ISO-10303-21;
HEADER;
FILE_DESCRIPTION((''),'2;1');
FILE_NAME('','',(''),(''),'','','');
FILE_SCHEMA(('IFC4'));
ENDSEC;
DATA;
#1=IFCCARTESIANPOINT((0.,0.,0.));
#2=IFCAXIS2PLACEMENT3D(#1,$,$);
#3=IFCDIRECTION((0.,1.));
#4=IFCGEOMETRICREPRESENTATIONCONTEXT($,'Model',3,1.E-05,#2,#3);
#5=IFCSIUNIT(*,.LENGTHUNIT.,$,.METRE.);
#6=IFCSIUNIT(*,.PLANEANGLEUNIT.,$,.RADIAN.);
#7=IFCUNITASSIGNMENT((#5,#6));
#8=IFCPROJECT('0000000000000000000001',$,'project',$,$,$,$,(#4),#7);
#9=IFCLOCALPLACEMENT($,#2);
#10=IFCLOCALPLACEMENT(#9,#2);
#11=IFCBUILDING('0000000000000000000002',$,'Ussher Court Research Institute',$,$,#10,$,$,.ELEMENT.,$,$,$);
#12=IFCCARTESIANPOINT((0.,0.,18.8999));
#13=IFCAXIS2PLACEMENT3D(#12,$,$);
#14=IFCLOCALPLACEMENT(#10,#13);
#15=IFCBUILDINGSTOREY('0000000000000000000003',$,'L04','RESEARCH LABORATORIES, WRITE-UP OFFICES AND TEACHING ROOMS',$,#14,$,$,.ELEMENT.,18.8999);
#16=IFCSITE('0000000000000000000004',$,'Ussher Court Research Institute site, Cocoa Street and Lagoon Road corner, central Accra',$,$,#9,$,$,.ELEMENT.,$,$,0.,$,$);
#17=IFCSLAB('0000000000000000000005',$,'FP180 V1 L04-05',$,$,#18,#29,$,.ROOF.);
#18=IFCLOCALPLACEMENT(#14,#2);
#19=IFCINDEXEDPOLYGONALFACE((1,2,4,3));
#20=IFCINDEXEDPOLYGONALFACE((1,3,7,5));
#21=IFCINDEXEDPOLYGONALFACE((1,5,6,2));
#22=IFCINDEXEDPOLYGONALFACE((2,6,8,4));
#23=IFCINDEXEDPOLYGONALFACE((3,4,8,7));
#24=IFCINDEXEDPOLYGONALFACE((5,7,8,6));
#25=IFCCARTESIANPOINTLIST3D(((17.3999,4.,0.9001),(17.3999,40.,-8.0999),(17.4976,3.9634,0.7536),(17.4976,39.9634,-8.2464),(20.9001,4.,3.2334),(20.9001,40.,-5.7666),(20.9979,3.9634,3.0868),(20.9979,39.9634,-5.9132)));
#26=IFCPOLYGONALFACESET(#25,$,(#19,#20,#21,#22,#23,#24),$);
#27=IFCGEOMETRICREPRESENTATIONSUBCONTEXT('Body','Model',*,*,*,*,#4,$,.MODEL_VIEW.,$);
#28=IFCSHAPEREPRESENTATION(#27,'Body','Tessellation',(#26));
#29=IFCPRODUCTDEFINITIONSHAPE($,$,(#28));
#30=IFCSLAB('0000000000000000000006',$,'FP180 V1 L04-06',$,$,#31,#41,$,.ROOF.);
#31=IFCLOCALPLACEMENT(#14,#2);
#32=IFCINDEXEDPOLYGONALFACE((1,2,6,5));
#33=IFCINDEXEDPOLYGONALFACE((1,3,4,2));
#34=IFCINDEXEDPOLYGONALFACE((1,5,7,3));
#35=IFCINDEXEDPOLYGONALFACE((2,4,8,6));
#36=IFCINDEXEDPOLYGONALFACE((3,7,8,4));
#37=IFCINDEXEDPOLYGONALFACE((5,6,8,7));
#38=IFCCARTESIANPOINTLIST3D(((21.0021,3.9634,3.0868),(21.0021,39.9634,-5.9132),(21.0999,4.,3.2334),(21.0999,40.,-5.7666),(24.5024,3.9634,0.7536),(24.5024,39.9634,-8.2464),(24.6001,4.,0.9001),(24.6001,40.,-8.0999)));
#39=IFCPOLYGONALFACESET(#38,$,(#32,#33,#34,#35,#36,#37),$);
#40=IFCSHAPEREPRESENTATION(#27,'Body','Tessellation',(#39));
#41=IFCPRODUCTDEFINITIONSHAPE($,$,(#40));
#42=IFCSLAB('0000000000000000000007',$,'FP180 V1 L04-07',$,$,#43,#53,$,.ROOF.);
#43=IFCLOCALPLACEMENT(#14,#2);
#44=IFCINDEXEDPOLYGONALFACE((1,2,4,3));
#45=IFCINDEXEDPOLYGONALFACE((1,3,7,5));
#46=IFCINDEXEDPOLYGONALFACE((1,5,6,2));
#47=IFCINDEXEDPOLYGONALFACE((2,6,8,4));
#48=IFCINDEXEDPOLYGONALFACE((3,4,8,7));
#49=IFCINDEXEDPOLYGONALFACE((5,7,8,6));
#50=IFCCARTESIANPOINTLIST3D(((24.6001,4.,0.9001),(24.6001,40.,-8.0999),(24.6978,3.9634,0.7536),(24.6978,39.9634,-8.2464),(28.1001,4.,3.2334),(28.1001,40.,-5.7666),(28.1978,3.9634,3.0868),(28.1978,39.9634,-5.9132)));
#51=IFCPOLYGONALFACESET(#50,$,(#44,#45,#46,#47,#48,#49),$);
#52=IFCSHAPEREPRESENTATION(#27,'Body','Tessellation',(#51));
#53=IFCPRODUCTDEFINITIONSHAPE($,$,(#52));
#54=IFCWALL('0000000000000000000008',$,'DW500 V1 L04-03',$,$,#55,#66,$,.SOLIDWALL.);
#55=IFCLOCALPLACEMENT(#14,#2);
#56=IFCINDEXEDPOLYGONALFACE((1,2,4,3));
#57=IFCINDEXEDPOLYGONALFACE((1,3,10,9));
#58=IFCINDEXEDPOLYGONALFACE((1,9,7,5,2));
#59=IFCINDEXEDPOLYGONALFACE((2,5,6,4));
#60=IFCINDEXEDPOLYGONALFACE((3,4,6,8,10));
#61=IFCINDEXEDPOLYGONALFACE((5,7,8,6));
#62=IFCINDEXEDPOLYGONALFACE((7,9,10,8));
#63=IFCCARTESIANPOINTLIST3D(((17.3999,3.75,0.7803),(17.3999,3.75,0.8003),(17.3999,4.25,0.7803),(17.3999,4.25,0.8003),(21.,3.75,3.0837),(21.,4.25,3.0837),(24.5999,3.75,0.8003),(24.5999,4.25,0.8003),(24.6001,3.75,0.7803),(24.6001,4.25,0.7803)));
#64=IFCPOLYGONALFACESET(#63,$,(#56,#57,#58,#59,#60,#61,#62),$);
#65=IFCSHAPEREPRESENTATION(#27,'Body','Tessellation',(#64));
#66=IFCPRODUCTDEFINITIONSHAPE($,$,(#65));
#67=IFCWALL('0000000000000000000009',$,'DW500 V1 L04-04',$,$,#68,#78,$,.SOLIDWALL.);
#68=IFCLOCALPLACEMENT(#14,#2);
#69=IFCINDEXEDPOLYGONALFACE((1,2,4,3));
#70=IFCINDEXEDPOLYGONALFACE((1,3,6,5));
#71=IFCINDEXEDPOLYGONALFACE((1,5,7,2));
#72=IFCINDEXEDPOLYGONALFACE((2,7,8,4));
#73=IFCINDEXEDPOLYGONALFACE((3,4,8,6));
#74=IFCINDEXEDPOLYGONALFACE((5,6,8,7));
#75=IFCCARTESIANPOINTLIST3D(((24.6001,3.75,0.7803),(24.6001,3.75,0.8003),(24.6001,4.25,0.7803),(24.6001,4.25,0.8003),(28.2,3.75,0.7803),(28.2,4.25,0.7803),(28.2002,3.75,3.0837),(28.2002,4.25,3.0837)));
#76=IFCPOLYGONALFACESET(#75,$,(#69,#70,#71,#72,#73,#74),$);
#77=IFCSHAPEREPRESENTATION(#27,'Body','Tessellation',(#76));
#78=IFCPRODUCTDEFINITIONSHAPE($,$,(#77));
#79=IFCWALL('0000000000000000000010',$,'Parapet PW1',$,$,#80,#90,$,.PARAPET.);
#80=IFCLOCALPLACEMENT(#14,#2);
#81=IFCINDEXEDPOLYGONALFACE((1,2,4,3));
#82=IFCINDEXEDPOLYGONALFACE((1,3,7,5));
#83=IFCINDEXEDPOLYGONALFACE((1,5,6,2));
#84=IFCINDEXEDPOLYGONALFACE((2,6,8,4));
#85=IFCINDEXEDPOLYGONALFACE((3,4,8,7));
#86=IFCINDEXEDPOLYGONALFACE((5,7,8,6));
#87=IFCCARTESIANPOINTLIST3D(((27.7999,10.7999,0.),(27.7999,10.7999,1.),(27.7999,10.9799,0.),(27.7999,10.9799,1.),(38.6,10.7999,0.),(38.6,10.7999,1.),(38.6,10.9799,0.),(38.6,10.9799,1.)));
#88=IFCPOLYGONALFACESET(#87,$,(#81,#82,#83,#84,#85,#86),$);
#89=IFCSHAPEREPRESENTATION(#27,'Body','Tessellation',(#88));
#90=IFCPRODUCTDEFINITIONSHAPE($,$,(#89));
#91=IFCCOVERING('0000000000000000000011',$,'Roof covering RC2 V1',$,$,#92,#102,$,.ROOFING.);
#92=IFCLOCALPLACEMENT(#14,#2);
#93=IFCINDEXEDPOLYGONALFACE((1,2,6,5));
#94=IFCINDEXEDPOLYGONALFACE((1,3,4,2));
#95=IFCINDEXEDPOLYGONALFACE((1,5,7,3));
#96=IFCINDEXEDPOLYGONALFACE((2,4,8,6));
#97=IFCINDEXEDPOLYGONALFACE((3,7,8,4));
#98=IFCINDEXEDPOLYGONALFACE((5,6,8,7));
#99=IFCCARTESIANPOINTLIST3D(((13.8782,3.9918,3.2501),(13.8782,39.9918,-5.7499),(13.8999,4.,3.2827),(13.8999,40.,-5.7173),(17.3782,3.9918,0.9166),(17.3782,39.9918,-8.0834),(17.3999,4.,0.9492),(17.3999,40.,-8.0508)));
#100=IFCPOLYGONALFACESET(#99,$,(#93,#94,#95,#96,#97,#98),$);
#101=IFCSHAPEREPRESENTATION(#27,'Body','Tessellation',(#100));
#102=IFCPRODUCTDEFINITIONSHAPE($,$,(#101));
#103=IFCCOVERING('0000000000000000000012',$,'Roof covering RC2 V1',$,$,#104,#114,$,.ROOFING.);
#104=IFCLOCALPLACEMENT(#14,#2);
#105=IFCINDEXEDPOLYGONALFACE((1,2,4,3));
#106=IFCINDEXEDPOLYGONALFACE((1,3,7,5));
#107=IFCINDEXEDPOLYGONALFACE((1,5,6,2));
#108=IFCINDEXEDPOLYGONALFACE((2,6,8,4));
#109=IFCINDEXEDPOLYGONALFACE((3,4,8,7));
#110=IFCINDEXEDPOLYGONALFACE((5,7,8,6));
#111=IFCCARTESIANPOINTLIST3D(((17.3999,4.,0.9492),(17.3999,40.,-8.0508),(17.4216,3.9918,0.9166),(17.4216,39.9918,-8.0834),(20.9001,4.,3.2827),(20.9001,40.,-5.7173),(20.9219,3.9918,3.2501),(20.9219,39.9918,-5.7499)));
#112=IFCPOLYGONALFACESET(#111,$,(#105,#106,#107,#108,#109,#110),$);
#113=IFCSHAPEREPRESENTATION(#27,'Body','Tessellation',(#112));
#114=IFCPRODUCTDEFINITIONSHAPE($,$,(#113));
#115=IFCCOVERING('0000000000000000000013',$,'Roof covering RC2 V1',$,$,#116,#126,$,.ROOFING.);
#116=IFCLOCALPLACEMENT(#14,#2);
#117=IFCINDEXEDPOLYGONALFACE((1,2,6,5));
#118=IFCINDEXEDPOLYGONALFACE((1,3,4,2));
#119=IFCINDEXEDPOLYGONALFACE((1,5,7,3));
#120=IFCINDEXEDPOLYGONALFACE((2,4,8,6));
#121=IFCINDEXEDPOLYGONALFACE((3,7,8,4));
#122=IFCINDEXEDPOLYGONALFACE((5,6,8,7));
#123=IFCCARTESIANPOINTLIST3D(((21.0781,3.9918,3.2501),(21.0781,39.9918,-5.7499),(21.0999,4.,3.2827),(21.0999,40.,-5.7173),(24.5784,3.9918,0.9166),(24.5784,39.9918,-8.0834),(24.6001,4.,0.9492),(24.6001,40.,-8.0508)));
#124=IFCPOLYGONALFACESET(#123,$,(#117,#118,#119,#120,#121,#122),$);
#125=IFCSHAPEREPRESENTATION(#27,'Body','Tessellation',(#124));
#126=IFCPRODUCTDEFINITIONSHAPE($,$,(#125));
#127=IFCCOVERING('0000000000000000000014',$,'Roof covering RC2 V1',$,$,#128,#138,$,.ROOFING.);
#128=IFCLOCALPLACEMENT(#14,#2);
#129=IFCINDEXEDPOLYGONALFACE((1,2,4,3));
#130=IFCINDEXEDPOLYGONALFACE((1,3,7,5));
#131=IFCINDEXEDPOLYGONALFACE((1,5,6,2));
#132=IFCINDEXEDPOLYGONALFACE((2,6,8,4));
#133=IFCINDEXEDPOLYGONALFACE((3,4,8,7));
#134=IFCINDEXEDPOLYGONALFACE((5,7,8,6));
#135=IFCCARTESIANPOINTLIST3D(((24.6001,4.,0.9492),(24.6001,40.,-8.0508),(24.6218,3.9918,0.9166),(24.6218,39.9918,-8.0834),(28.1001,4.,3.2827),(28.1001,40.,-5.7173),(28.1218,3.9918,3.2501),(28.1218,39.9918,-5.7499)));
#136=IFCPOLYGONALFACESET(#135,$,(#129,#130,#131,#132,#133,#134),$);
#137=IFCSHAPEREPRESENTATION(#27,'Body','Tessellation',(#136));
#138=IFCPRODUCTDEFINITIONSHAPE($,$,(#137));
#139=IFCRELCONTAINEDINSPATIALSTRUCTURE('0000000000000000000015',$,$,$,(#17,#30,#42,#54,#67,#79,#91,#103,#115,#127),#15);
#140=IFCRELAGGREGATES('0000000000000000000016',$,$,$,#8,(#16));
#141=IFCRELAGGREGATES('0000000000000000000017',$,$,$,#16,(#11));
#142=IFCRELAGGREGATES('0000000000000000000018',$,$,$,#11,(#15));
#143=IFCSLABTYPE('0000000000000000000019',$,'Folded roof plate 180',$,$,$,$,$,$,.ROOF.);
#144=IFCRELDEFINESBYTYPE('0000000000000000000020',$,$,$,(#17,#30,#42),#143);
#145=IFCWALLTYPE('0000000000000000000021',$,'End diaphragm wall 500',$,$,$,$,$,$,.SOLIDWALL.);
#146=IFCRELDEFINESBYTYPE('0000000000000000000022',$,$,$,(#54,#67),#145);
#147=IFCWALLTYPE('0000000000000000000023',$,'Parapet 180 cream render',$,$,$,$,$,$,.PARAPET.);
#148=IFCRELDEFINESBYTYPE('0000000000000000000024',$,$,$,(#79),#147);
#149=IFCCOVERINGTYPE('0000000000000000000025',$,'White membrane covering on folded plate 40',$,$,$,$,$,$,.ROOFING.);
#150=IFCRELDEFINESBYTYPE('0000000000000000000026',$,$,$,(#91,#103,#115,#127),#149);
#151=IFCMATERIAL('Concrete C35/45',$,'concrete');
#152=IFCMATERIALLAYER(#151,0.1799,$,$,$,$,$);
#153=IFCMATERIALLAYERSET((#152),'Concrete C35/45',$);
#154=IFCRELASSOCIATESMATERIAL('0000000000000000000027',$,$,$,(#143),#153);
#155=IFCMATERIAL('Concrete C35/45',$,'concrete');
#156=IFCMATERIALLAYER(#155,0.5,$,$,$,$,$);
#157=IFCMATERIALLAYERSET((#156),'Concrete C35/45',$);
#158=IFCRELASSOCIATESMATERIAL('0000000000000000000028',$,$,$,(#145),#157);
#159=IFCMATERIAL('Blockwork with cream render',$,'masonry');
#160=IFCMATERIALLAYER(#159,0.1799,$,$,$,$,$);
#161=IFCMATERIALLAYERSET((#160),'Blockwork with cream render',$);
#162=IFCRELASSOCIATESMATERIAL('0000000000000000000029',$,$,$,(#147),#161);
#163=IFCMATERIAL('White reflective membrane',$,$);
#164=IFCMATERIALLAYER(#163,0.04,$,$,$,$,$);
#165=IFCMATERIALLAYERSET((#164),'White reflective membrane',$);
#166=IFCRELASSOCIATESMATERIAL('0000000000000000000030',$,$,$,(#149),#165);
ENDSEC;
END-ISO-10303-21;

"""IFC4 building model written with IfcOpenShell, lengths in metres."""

from ifc_helpers import new_model, si_unit, direction, frame, frame_2d, origin, place, context, subcontext, project, spatial, polyline, rectangle, outline, extrude, material, layer, layer_set, type_object, element, save


model = new_model("IFC4")

# Units and contexts
model_context = context("Model", 3, precision=1e-05, world=origin(), true_north=direction((0.0, 1.0)))
body_context = subcontext(model_context, "Body", "Model", "MODEL_VIEW")
ifc_project = project(units=[si_unit("LENGTHUNIT", "METRE"), si_unit("PLANEANGLEUNIT", "RADIAN")], contexts=[model_context])

# Site, building, storey
site_placement = place(None, origin())
site = spatial("IfcSite", under=ifc_project, at=site_placement, Name="Ussher Court Research Institute site, Cocoa Street and Lagoon Road corner, central Accra", CompositionType="ELEMENT", RefElevation=0.0)
building_placement = place(site_placement, origin())
building = spatial("IfcBuilding", under=site, at=building_placement, Name="Ussher Court Research Institute", CompositionType="ELEMENT")
storey_placement = place(building_placement, frame((0.0, 0.0, 18.8999)))
storey = spatial("IfcBuildingStorey", under=building, at=storey_placement, Name="L04", Description="RESEARCH LABORATORIES, WRITE-UP OFFICES AND TEACHING ROOMS", CompositionType="ELEMENT", Elevation=18.8999)

# Slabs
ifc_material_1 = material(Name="Concrete C35/45", Category="concrete")
ifc_layer_1 = layer(ifc_material_1, 0.1799)
ifc_layer_set_1 = layer_set([ifc_layer_1], Name="Concrete C35/45")
slab_type = type_object("IfcSlabType", Name="Folded roof plate 180", PredefinedType="ROOF", material=ifc_layer_set_1)
slab_1_placement = place(storey_placement, frame((17.3999, 4.0, 0.9001), z_axis=(-0.543035, 0.20366, 0.814638), x_axis=(0.0, 0.970143, -0.242536)))
element("IfcSlab", 1, at=slab_1_placement, inside=storey, type_object=slab_type, Name="FP180 V1 L04-05", PredefinedType="ROOF", context=body_context, shape_type="SweptSolid", body=[
    extrude(outline(polyline([(0.0, 0.0), (37.108, 0.0), (36.5421, -4.1684), (-0.5659, -4.1684), (0.0, 0.0)])), origin(), (0.0, 0.0, -1.0), 0.1799),
])
slab_2_placement = place(storey_placement, frame((24.6001, 4.0, 0.9001), z_axis=(0.543035, 0.20366, 0.814638), x_axis=(0.0, 0.970143, -0.242536)))
element("IfcSlab", 2, at=slab_2_placement, inside=storey, type_object=slab_type, Name="FP180 V1 L04-06", PredefinedType="ROOF", context=body_context, shape_type="SweptSolid", body=[
    extrude(outline(polyline([(0.0, 0.0), (37.108, 0.0), (36.5421, 4.1684), (-0.5659, 4.1684), (0.0, 0.0)])), origin(), (0.0, 0.0, -1.0), 0.1799),
])
slab_3_placement = place(storey_placement, frame((24.6001, 4.0, 0.9001), z_axis=(-0.543062, 0.203655, 0.814621), x_axis=(0.0, 0.970143, -0.242536)))
element("IfcSlab", 3, at=slab_3_placement, inside=storey, type_object=slab_type, Name="FP180 V1 L04-07", PredefinedType="ROOF", context=body_context, shape_type="SweptSolid", body=[
    extrude(outline(polyline([(0.0, 0.0), (37.108, 0.0), (36.5421, -4.1682), (-0.5659, -4.1682), (0.0, 0.0)])), origin(), (0.0, 0.0, -1.0), 0.1799),
])

# Walls
ifc_material_2 = material(Name="Concrete C35/45", Category="concrete")
ifc_layer_2 = layer(ifc_material_2, 0.5)
ifc_layer_set_2 = layer_set([ifc_layer_2], Name="Concrete C35/45")
wall_type_1 = type_object("IfcWallType", Name="End diaphragm wall 500", PredefinedType="SOLIDWALL", material=ifc_layer_set_2)
wall_1_placement = place(storey_placement, frame((17.3999, 4.0, 0.7803), z_axis=(0.0, 0.0, 1.0), x_axis=(1.0, 0.0, 0.0)))
element("IfcWall", 4, at=wall_1_placement, inside=storey, type_object=wall_type_1, Name="DW500 V1 L04-03", PredefinedType="SOLIDWALL", context=body_context, shape_type="SweptSolid", body=[
    extrude(outline(polyline([(0.0, 0.0), (7.2002, 0.0), (7.2, 0.02), (3.6001, 2.3035), (0.0, 0.02), (0.0, 0.0)])), frame((0.0, 0.25, 0.0), z_axis=(0.0, -1.0, 0.0), x_axis=(1.0, 0.0, 0.0)), (0.0, 0.0, 1.0), 0.5),
])
wall_2_placement = place(storey_placement, frame((24.6001, 4.0, 0.7803), z_axis=(0.0, 0.0, 1.0), x_axis=(1.0, 0.0, 0.0)))
element("IfcWall", 5, at=wall_2_placement, inside=storey, type_object=wall_type_1, Name="DW500 V1 L04-04", PredefinedType="SOLIDWALL", context=body_context, shape_type="SweptSolid", body=[
    extrude(outline(polyline([(0.0, 0.0), (3.5999, 0.0), (3.6001, 2.3035), (0.0, 0.02), (0.0, 0.0)])), frame((0.0, 0.25, 0.0), z_axis=(0.0, -1.0, 0.0), x_axis=(1.0, 0.0, 0.0)), (0.0, 0.0, 1.0), 0.5),
])
ifc_material_3 = material(Name="Blockwork with cream render", Category="masonry")
ifc_layer_3 = layer(ifc_material_3, 0.1799)
ifc_layer_set_3 = layer_set([ifc_layer_3], Name="Blockwork with cream render")
wall_type_2 = type_object("IfcWallType", Name="Parapet 180 cream render", PredefinedType="PARAPET", material=ifc_layer_set_3)
wall_3_placement = place(storey_placement, frame((27.8, 10.8899, 0.0), z_axis=(0.0, 0.0, 1.0), x_axis=(1.0, 0.0, 0.0)))
element("IfcWall", 6, at=wall_3_placement, inside=storey, type_object=wall_type_2, Name="Parapet PW1", PredefinedType="PARAPET", context=body_context, shape_type="SweptSolid", body=[
    extrude(rectangle(XDim=10.8, YDim=0.1799, at=frame_2d((5.3999, 0.0))), origin(), (0.0, 0.0, 1.0), 1.0),
])

# Coverings
ifc_material_4 = material(Name="White reflective membrane")
ifc_layer_4 = layer(ifc_material_4, 0.04)
ifc_layer_set_4 = layer_set([ifc_layer_4], Name="White reflective membrane")
covering_type = type_object("IfcCoveringType", Name="White membrane covering on folded plate 40", PredefinedType="ROOFING", material=ifc_layer_set_4)
covering_1_placement = place(storey_placement, frame((17.3999, 4.0, 0.9492), z_axis=(0.543102, 0.203649, 0.814596), x_axis=(0.0, 0.970143, -0.242536)))
element("IfcCovering", 7, at=covering_1_placement, inside=storey, type_object=covering_type, Name="Roof covering RC2 V1", PredefinedType="ROOFING", context=body_context, shape_type="SweptSolid", body=[
    extrude(outline(polyline([(0.0, 0.0), (37.108, 0.0), (36.542, 4.1683), (-0.566, 4.1683), (0.0, 0.0)])), origin(), (0.0, 0.0, -1.0), 0.04),
])
covering_2_placement = place(storey_placement, frame((17.3999, 4.0, 0.9492), z_axis=(-0.543075, 0.203653, 0.814613), x_axis=(0.0, 0.970143, -0.242536)))
element("IfcCovering", 8, at=covering_2_placement, inside=storey, type_object=covering_type, Name="Roof covering RC2 V1", PredefinedType="ROOFING", context=body_context, shape_type="SweptSolid", body=[
    extrude(outline(polyline([(0.0, 0.0), (37.108, 0.0), (36.542, -4.1685), (-0.566, -4.1685), (0.0, 0.0)])), origin(), (0.0, 0.0, -1.0), 0.04),
])
covering_3_placement = place(storey_placement, frame((24.6001, 4.0, 0.9492), z_axis=(0.543075, 0.203653, 0.814613), x_axis=(0.0, 0.970143, -0.242536)))
element("IfcCovering", 9, at=covering_3_placement, inside=storey, type_object=covering_type, Name="Roof covering RC2 V1", PredefinedType="ROOFING", context=body_context, shape_type="SweptSolid", body=[
    extrude(outline(polyline([(0.0, 0.0), (37.108, 0.0), (36.542, 4.1685), (-0.566, 4.1685), (0.0, 0.0)])), origin(), (0.0, 0.0, -1.0), 0.04),
])
covering_4_placement = place(storey_placement, frame((24.6001, 4.0, 0.9492), z_axis=(-0.543102, 0.203649, 0.814596), x_axis=(0.0, 0.970143, -0.242536)))
element("IfcCovering", 10, at=covering_4_placement, inside=storey, type_object=covering_type, Name="Roof covering RC2 V1", PredefinedType="ROOFING", context=body_context, shape_type="SweptSolid", body=[
    extrude(outline(polyline([(0.0, 0.0), (37.108, 0.0), (36.542, -4.1683), (-0.566, -4.1683), (0.0, 0.0)])), origin(), (0.0, 0.0, -1.0), 0.04),
])

save(model, "model.ifc")
